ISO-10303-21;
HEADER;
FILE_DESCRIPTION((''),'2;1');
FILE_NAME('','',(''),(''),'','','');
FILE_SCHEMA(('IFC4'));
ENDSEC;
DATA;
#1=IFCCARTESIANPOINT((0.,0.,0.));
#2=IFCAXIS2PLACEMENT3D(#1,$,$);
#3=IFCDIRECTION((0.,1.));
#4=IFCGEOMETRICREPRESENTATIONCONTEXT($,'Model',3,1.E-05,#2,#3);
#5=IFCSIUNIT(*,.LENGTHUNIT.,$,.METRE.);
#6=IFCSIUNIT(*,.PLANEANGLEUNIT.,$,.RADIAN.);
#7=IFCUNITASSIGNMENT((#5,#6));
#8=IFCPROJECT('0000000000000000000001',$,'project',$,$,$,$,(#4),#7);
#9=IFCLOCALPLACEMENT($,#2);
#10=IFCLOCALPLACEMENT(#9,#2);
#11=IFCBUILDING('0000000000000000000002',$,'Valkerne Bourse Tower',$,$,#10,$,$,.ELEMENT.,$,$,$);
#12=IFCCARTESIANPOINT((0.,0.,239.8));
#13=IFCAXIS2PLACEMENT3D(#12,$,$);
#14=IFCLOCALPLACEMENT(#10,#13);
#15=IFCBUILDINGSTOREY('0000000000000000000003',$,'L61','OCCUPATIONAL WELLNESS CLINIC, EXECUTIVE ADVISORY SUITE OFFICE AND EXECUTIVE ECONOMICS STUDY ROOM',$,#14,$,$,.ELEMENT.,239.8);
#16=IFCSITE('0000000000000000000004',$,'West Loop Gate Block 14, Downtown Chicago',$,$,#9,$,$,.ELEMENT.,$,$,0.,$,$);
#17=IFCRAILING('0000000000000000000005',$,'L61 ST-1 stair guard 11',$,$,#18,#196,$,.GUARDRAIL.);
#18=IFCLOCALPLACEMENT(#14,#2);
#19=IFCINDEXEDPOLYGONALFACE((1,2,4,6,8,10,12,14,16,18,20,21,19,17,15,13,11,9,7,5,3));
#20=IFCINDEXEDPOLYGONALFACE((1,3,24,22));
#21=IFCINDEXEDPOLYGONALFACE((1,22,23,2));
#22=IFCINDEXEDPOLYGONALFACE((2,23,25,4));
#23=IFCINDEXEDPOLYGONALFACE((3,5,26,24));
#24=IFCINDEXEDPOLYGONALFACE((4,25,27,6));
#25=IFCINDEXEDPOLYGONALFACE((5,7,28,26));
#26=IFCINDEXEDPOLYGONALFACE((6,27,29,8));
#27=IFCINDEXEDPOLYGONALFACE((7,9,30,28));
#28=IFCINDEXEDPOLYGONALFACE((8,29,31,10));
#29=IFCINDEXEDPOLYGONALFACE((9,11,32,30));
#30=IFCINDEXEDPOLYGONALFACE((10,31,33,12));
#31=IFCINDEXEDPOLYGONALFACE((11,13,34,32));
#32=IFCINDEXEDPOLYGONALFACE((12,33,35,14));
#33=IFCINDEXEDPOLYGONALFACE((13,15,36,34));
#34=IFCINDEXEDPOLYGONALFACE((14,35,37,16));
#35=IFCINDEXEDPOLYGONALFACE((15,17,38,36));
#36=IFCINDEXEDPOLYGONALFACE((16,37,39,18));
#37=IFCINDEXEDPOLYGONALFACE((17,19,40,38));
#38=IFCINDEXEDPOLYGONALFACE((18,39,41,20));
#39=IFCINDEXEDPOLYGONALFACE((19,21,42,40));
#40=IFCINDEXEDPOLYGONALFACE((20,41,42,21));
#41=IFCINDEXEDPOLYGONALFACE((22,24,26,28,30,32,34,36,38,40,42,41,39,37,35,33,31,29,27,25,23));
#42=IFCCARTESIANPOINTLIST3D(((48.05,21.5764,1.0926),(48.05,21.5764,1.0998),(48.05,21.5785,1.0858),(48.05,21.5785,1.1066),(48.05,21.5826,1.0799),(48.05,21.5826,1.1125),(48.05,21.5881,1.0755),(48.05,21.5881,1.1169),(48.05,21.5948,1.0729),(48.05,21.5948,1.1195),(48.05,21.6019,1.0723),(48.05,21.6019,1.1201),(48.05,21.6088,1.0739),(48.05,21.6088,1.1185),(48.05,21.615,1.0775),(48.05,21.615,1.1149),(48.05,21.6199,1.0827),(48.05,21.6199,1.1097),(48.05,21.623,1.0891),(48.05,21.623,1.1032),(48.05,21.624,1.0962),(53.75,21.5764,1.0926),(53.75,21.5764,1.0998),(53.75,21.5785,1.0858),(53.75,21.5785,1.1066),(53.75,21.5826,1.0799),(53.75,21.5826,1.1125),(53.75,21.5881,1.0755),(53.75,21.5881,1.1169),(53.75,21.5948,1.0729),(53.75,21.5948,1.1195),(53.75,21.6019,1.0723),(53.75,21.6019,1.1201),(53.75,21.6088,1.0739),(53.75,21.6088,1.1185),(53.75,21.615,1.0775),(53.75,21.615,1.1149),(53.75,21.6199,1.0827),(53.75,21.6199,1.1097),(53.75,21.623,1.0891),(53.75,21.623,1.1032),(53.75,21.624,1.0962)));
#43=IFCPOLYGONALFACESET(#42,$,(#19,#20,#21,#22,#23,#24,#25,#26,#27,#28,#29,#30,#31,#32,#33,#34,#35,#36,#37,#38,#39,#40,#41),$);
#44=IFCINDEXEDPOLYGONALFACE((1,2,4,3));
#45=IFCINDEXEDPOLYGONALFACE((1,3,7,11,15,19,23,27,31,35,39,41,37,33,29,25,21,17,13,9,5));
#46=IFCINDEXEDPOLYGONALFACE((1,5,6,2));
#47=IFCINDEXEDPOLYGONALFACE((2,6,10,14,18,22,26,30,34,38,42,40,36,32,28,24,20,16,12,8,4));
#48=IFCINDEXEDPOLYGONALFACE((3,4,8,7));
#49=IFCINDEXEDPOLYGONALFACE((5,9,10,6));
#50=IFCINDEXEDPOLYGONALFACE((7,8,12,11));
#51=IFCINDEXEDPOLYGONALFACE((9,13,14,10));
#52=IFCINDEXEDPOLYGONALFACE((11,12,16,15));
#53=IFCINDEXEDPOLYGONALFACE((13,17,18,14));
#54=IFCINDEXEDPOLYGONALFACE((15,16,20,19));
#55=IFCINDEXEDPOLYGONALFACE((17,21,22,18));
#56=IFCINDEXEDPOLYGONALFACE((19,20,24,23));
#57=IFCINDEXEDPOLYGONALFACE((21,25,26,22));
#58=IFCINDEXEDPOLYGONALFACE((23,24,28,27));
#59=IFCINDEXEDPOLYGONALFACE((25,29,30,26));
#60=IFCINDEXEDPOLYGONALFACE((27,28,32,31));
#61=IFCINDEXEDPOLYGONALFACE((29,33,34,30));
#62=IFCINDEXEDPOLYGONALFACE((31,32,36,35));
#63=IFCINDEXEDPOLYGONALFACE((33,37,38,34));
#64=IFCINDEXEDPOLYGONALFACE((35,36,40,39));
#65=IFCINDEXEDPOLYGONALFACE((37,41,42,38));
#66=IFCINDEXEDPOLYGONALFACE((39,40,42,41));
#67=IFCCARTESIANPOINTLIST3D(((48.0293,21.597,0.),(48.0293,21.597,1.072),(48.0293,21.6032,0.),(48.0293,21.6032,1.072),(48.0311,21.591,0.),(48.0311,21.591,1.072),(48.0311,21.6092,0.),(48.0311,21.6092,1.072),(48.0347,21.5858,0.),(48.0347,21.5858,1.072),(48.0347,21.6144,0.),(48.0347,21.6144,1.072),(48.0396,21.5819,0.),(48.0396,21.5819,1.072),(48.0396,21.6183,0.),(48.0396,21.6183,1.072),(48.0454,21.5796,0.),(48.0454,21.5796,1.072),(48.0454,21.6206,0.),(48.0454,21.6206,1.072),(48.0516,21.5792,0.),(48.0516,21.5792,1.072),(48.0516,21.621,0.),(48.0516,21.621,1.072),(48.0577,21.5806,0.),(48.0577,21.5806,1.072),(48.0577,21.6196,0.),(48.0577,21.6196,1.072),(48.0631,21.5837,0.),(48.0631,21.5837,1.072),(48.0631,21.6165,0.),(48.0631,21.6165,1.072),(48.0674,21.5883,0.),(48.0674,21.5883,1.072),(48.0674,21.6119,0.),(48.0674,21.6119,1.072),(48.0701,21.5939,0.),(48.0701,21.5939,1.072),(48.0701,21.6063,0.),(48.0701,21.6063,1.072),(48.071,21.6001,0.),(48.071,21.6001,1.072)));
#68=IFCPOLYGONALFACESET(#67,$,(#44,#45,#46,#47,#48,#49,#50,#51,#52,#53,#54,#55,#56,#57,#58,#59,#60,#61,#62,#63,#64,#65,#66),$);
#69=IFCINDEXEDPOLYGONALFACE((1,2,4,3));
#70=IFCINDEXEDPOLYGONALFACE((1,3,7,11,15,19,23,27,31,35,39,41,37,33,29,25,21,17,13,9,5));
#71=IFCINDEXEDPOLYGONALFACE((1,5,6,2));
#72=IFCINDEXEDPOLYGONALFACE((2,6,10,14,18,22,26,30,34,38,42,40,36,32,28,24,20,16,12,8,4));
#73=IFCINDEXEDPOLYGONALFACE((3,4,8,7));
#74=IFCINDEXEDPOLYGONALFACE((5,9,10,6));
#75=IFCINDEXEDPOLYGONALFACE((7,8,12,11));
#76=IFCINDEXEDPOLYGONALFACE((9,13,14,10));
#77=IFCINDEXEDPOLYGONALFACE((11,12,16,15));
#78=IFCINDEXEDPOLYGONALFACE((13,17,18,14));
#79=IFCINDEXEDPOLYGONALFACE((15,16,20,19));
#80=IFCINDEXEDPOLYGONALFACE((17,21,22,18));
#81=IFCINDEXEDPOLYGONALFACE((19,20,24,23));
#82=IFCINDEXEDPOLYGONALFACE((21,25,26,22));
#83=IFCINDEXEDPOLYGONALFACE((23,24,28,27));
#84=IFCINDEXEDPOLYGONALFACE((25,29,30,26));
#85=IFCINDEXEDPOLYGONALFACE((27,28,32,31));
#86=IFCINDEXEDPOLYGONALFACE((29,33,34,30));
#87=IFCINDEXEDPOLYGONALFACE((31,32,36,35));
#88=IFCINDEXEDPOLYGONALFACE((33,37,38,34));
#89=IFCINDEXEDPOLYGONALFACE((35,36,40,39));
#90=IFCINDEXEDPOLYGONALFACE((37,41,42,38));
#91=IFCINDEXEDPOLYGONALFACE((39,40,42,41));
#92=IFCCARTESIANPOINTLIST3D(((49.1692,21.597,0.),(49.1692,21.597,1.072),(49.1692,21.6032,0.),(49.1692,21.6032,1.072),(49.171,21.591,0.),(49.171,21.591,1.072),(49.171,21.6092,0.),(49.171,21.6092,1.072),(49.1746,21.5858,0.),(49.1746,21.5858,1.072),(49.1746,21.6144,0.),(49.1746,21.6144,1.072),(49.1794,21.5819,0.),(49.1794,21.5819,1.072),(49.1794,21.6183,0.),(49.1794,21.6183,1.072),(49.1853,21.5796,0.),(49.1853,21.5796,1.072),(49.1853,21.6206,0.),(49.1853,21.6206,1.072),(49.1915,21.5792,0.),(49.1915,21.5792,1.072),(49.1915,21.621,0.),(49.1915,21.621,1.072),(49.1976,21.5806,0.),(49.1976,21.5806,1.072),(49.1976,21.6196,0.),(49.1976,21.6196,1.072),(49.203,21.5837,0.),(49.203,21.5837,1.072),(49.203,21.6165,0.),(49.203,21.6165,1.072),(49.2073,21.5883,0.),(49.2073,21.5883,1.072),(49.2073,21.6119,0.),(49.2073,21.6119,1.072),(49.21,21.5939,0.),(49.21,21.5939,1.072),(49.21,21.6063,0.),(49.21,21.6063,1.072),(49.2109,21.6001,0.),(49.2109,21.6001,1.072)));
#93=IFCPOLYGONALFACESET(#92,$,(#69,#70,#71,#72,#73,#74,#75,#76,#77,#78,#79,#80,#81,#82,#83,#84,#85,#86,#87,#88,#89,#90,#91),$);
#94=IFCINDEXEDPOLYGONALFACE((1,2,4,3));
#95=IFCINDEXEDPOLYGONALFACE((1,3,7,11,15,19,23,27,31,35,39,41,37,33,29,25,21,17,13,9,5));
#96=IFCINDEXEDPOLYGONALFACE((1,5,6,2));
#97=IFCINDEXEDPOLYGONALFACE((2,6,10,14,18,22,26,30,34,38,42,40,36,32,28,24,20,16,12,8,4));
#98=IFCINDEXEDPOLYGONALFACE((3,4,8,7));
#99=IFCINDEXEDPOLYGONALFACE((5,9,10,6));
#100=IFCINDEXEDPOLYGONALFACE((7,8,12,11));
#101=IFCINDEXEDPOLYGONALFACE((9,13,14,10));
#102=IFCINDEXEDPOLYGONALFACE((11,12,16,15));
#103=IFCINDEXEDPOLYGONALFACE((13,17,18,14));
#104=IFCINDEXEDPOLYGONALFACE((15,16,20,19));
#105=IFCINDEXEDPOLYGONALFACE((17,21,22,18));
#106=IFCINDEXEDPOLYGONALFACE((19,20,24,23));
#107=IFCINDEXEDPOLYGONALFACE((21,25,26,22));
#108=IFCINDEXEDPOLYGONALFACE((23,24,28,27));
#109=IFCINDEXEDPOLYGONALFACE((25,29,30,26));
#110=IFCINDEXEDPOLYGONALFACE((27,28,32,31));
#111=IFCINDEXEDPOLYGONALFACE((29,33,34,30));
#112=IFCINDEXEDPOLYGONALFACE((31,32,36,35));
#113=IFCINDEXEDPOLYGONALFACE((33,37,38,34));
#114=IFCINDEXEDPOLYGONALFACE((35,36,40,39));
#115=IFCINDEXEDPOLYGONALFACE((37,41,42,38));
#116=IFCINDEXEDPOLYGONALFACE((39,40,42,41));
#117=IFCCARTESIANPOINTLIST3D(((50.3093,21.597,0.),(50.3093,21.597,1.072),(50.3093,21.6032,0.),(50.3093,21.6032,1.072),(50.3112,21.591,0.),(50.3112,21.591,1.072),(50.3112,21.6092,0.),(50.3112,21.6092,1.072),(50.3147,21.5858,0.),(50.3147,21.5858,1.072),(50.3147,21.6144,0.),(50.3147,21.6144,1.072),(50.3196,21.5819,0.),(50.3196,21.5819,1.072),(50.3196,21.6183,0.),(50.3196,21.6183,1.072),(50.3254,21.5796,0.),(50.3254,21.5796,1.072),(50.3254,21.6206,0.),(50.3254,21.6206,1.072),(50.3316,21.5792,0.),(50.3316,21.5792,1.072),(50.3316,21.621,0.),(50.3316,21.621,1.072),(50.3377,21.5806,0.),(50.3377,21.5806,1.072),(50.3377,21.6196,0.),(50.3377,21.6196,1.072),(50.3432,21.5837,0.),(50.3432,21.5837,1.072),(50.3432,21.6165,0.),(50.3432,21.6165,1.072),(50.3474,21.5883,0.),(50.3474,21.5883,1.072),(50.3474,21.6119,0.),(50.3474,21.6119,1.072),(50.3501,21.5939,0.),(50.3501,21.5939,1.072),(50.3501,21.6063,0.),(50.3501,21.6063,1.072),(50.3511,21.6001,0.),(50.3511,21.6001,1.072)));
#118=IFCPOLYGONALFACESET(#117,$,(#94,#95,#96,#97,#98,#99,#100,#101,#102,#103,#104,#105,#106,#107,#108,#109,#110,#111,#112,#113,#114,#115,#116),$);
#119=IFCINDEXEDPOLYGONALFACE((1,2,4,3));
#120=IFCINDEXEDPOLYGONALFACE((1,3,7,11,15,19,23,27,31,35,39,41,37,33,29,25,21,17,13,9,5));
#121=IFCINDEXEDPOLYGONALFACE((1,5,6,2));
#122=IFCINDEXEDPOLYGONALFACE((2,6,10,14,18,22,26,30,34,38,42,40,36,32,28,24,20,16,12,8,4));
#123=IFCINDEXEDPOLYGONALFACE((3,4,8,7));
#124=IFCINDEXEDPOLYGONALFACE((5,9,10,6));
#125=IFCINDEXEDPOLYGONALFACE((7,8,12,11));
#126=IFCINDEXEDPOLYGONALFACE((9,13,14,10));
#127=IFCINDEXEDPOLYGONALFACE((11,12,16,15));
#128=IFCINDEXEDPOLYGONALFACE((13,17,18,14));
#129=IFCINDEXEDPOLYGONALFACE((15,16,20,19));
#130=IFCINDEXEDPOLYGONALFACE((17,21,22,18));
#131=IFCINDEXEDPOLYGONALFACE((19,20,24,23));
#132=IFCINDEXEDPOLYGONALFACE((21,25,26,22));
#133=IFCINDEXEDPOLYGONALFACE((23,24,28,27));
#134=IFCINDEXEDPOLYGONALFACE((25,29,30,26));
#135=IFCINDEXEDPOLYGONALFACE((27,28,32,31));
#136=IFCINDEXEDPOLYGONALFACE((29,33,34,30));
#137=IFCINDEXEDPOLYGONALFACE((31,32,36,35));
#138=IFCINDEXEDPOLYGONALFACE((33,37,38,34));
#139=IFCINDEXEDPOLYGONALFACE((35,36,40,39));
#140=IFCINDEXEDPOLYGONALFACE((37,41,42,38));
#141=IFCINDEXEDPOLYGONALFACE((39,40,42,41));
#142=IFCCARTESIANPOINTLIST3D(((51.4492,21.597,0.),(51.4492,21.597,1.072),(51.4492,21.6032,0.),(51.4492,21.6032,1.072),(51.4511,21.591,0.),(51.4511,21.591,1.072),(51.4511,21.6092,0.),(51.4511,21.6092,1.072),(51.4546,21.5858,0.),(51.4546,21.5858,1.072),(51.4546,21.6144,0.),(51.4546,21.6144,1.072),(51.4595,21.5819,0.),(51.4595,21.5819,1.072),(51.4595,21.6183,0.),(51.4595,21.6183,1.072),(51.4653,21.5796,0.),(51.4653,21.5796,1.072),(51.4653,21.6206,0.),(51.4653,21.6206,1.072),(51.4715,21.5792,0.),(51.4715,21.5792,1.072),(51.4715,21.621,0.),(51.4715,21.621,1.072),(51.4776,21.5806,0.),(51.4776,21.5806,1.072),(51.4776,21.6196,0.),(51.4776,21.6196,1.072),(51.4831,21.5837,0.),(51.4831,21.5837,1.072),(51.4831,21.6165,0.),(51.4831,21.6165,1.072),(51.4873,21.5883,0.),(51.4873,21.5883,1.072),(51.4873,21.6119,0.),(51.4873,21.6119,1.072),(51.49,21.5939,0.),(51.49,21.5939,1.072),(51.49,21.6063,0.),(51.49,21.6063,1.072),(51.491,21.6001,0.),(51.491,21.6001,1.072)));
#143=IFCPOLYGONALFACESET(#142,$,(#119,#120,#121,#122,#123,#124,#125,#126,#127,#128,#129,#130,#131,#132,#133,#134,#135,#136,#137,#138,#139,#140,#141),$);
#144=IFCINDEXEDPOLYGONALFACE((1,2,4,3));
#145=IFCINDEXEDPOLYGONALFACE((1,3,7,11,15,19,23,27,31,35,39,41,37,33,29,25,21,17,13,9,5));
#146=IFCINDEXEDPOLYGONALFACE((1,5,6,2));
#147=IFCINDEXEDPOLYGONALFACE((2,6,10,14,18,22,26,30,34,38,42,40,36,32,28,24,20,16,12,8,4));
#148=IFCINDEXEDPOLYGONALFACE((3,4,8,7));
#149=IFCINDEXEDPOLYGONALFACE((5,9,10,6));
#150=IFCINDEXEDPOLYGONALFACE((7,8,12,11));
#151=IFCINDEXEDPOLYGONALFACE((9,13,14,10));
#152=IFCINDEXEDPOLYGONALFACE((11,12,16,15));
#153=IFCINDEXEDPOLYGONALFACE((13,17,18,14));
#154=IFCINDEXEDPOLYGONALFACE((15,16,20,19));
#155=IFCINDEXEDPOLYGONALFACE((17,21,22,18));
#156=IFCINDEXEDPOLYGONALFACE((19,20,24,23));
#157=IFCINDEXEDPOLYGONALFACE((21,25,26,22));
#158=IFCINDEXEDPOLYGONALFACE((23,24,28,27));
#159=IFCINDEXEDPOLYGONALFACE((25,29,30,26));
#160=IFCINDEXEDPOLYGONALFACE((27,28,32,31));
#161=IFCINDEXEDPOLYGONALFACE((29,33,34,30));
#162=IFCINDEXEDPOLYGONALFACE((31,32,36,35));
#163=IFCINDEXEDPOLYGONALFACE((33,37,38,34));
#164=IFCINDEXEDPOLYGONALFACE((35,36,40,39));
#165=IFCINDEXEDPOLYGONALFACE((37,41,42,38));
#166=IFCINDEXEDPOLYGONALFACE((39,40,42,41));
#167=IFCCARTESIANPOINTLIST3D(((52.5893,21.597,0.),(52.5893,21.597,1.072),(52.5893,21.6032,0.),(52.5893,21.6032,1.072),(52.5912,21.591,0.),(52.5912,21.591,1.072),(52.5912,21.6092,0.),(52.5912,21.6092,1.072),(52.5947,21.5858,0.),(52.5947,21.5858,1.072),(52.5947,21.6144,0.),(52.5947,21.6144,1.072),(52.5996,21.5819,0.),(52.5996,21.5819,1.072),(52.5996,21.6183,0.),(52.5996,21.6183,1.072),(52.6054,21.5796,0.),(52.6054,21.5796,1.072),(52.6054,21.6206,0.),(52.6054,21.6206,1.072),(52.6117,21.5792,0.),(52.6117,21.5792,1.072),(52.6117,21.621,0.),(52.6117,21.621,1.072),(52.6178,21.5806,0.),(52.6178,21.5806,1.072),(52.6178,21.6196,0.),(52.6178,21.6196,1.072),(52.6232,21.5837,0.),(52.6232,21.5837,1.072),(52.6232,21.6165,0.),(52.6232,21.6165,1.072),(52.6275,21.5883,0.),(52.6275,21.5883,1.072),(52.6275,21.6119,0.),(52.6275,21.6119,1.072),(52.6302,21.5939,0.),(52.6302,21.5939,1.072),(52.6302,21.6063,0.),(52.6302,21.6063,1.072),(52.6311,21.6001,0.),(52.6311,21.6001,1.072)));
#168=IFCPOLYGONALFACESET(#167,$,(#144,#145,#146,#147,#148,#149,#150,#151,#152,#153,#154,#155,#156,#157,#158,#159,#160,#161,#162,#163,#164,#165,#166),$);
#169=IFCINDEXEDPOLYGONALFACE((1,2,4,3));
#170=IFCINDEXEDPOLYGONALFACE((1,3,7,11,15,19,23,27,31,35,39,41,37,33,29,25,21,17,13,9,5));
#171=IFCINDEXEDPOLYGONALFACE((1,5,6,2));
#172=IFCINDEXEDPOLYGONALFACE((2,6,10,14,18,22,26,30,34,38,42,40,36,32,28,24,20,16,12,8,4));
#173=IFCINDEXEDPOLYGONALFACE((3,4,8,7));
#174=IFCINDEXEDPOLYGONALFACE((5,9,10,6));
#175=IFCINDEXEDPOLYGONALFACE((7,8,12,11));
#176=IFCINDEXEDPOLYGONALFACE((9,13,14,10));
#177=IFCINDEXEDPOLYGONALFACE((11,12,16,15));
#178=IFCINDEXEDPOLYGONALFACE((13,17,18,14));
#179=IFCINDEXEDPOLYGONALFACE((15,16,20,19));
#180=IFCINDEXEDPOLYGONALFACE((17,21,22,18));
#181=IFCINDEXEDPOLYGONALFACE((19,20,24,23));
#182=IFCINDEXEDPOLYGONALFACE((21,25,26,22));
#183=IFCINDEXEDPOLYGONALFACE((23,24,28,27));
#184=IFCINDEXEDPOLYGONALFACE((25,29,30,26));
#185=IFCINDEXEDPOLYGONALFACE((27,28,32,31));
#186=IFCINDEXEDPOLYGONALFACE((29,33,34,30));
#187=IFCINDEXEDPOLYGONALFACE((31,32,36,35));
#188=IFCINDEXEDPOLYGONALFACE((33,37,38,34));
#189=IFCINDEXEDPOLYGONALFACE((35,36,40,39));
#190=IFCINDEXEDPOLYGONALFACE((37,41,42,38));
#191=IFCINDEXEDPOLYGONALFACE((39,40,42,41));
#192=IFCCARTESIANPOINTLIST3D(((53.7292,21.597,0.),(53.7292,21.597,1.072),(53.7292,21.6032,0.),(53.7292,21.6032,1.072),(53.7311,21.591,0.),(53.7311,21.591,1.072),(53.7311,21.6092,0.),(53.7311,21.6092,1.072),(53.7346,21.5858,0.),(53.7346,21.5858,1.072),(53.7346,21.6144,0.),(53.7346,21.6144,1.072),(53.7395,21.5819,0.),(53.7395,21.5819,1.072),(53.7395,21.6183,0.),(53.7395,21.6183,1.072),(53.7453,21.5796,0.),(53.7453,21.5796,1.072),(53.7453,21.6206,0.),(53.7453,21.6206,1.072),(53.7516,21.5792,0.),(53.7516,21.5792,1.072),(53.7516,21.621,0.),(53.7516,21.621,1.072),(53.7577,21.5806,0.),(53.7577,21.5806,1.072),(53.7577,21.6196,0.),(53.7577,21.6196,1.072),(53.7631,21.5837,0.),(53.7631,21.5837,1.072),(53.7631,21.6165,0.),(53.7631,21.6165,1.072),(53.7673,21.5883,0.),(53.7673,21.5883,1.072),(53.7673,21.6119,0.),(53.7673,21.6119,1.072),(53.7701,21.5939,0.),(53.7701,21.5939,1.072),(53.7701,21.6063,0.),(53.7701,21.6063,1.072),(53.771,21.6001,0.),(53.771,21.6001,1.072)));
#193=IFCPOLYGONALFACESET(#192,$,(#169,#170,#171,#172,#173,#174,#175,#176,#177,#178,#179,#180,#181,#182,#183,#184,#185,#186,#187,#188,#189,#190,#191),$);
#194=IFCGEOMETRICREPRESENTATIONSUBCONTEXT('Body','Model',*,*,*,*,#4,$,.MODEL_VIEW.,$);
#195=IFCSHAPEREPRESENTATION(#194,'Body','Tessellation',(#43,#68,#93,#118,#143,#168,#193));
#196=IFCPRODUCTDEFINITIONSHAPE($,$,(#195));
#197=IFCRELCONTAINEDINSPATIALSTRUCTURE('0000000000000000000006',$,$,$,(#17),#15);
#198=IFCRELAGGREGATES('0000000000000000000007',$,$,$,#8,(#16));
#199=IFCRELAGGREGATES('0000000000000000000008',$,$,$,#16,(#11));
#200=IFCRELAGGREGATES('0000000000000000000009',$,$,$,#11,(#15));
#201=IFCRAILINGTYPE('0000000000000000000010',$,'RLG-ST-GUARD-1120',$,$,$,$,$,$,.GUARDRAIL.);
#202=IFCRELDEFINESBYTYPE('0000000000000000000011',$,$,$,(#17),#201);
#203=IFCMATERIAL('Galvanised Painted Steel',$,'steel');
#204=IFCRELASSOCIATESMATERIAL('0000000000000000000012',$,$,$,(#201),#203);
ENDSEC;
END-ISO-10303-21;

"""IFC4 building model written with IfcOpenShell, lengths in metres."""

from ifc_helpers import new_model, si_unit, direction, frame, origin, origin_2d, place, context, subcontext, project, spatial, circle, extrude, material, type_object, element, save


model = new_model("IFC4")

# Units and contexts
model_context = context("Model", 3, precision=1e-05, world=origin(), true_north=direction((0.0, 1.0)))
body_context = subcontext(model_context, "Body", "Model", "MODEL_VIEW")
ifc_project = project(units=[si_unit("LENGTHUNIT", "METRE"), si_unit("PLANEANGLEUNIT", "RADIAN")], contexts=[model_context])

# Site, building, storey
site_placement = place(None, origin())
site = spatial("IfcSite", under=ifc_project, at=site_placement, Name="West Loop Gate Block 14, Downtown Chicago", CompositionType="ELEMENT", RefElevation=0.0)
building_placement = place(site_placement, origin())
building = spatial("IfcBuilding", under=site, at=building_placement, Name="Valkerne Bourse Tower", CompositionType="ELEMENT")
storey_placement = place(building_placement, frame((0.0, 0.0, 239.8)))
storey = spatial("IfcBuildingStorey", under=building, at=storey_placement, Name="L61", Description="OCCUPATIONAL WELLNESS CLINIC, EXECUTIVE ADVISORY SUITE OFFICE AND EXECUTIVE ECONOMICS STUDY ROOM", CompositionType="ELEMENT", Elevation=239.8)

# Shared definitions
ifc_material_1 = material(Name="Galvanised Painted Steel", Category="steel")

# Railing
railing_type_1 = type_object("IfcRailingType", Name="RLG-ST-GUARD-1120", PredefinedType="GUARDRAIL", material=ifc_material_1)
railing_1_placement = place(storey_placement, frame((48.05, 21.6001, 0.0)))
element("IfcRailing", 1, at=railing_1_placement, inside=storey, type_object=railing_type_1, Name="L61 ST-1 stair guard 11", PredefinedType="GUARDRAIL", context=body_context, shape_type="SweptSolid", body=[
    extrude(circle(Radius=0.0239, at=origin_2d()), frame((0.0, 0.0, 1.0962), z_axis=(1.0, 0.0, 0.0), x_axis=(0.0, 1.0, 0.0)), (0.0, 0.0, 1.0), 5.7),
    extrude(circle(Radius=0.021, at=origin_2d()), origin(), (0.0, 0.0, 1.0), 1.072),
    extrude(circle(Radius=0.021, at=origin_2d()), frame((1.1399, 0.0, 0.0)), (0.0, 0.0, 1.0), 1.072),
    extrude(circle(Radius=0.021, at=origin_2d()), frame((2.28, 0.0, 0.0)), (0.0, 0.0, 1.0), 1.072),
    extrude(circle(Radius=0.021, at=origin_2d()), frame((3.4199, 0.0, 0.0)), (0.0, 0.0, 1.0), 1.072),
    extrude(circle(Radius=0.021, at=origin_2d()), frame((4.5601, 0.0, 0.0)), (0.0, 0.0, 1.0), 1.072),
    extrude(circle(Radius=0.021, at=origin_2d()), frame((5.7, 0.0, 0.0)), (0.0, 0.0, 1.0), 1.072),
])

save(model, "model.ifc")
